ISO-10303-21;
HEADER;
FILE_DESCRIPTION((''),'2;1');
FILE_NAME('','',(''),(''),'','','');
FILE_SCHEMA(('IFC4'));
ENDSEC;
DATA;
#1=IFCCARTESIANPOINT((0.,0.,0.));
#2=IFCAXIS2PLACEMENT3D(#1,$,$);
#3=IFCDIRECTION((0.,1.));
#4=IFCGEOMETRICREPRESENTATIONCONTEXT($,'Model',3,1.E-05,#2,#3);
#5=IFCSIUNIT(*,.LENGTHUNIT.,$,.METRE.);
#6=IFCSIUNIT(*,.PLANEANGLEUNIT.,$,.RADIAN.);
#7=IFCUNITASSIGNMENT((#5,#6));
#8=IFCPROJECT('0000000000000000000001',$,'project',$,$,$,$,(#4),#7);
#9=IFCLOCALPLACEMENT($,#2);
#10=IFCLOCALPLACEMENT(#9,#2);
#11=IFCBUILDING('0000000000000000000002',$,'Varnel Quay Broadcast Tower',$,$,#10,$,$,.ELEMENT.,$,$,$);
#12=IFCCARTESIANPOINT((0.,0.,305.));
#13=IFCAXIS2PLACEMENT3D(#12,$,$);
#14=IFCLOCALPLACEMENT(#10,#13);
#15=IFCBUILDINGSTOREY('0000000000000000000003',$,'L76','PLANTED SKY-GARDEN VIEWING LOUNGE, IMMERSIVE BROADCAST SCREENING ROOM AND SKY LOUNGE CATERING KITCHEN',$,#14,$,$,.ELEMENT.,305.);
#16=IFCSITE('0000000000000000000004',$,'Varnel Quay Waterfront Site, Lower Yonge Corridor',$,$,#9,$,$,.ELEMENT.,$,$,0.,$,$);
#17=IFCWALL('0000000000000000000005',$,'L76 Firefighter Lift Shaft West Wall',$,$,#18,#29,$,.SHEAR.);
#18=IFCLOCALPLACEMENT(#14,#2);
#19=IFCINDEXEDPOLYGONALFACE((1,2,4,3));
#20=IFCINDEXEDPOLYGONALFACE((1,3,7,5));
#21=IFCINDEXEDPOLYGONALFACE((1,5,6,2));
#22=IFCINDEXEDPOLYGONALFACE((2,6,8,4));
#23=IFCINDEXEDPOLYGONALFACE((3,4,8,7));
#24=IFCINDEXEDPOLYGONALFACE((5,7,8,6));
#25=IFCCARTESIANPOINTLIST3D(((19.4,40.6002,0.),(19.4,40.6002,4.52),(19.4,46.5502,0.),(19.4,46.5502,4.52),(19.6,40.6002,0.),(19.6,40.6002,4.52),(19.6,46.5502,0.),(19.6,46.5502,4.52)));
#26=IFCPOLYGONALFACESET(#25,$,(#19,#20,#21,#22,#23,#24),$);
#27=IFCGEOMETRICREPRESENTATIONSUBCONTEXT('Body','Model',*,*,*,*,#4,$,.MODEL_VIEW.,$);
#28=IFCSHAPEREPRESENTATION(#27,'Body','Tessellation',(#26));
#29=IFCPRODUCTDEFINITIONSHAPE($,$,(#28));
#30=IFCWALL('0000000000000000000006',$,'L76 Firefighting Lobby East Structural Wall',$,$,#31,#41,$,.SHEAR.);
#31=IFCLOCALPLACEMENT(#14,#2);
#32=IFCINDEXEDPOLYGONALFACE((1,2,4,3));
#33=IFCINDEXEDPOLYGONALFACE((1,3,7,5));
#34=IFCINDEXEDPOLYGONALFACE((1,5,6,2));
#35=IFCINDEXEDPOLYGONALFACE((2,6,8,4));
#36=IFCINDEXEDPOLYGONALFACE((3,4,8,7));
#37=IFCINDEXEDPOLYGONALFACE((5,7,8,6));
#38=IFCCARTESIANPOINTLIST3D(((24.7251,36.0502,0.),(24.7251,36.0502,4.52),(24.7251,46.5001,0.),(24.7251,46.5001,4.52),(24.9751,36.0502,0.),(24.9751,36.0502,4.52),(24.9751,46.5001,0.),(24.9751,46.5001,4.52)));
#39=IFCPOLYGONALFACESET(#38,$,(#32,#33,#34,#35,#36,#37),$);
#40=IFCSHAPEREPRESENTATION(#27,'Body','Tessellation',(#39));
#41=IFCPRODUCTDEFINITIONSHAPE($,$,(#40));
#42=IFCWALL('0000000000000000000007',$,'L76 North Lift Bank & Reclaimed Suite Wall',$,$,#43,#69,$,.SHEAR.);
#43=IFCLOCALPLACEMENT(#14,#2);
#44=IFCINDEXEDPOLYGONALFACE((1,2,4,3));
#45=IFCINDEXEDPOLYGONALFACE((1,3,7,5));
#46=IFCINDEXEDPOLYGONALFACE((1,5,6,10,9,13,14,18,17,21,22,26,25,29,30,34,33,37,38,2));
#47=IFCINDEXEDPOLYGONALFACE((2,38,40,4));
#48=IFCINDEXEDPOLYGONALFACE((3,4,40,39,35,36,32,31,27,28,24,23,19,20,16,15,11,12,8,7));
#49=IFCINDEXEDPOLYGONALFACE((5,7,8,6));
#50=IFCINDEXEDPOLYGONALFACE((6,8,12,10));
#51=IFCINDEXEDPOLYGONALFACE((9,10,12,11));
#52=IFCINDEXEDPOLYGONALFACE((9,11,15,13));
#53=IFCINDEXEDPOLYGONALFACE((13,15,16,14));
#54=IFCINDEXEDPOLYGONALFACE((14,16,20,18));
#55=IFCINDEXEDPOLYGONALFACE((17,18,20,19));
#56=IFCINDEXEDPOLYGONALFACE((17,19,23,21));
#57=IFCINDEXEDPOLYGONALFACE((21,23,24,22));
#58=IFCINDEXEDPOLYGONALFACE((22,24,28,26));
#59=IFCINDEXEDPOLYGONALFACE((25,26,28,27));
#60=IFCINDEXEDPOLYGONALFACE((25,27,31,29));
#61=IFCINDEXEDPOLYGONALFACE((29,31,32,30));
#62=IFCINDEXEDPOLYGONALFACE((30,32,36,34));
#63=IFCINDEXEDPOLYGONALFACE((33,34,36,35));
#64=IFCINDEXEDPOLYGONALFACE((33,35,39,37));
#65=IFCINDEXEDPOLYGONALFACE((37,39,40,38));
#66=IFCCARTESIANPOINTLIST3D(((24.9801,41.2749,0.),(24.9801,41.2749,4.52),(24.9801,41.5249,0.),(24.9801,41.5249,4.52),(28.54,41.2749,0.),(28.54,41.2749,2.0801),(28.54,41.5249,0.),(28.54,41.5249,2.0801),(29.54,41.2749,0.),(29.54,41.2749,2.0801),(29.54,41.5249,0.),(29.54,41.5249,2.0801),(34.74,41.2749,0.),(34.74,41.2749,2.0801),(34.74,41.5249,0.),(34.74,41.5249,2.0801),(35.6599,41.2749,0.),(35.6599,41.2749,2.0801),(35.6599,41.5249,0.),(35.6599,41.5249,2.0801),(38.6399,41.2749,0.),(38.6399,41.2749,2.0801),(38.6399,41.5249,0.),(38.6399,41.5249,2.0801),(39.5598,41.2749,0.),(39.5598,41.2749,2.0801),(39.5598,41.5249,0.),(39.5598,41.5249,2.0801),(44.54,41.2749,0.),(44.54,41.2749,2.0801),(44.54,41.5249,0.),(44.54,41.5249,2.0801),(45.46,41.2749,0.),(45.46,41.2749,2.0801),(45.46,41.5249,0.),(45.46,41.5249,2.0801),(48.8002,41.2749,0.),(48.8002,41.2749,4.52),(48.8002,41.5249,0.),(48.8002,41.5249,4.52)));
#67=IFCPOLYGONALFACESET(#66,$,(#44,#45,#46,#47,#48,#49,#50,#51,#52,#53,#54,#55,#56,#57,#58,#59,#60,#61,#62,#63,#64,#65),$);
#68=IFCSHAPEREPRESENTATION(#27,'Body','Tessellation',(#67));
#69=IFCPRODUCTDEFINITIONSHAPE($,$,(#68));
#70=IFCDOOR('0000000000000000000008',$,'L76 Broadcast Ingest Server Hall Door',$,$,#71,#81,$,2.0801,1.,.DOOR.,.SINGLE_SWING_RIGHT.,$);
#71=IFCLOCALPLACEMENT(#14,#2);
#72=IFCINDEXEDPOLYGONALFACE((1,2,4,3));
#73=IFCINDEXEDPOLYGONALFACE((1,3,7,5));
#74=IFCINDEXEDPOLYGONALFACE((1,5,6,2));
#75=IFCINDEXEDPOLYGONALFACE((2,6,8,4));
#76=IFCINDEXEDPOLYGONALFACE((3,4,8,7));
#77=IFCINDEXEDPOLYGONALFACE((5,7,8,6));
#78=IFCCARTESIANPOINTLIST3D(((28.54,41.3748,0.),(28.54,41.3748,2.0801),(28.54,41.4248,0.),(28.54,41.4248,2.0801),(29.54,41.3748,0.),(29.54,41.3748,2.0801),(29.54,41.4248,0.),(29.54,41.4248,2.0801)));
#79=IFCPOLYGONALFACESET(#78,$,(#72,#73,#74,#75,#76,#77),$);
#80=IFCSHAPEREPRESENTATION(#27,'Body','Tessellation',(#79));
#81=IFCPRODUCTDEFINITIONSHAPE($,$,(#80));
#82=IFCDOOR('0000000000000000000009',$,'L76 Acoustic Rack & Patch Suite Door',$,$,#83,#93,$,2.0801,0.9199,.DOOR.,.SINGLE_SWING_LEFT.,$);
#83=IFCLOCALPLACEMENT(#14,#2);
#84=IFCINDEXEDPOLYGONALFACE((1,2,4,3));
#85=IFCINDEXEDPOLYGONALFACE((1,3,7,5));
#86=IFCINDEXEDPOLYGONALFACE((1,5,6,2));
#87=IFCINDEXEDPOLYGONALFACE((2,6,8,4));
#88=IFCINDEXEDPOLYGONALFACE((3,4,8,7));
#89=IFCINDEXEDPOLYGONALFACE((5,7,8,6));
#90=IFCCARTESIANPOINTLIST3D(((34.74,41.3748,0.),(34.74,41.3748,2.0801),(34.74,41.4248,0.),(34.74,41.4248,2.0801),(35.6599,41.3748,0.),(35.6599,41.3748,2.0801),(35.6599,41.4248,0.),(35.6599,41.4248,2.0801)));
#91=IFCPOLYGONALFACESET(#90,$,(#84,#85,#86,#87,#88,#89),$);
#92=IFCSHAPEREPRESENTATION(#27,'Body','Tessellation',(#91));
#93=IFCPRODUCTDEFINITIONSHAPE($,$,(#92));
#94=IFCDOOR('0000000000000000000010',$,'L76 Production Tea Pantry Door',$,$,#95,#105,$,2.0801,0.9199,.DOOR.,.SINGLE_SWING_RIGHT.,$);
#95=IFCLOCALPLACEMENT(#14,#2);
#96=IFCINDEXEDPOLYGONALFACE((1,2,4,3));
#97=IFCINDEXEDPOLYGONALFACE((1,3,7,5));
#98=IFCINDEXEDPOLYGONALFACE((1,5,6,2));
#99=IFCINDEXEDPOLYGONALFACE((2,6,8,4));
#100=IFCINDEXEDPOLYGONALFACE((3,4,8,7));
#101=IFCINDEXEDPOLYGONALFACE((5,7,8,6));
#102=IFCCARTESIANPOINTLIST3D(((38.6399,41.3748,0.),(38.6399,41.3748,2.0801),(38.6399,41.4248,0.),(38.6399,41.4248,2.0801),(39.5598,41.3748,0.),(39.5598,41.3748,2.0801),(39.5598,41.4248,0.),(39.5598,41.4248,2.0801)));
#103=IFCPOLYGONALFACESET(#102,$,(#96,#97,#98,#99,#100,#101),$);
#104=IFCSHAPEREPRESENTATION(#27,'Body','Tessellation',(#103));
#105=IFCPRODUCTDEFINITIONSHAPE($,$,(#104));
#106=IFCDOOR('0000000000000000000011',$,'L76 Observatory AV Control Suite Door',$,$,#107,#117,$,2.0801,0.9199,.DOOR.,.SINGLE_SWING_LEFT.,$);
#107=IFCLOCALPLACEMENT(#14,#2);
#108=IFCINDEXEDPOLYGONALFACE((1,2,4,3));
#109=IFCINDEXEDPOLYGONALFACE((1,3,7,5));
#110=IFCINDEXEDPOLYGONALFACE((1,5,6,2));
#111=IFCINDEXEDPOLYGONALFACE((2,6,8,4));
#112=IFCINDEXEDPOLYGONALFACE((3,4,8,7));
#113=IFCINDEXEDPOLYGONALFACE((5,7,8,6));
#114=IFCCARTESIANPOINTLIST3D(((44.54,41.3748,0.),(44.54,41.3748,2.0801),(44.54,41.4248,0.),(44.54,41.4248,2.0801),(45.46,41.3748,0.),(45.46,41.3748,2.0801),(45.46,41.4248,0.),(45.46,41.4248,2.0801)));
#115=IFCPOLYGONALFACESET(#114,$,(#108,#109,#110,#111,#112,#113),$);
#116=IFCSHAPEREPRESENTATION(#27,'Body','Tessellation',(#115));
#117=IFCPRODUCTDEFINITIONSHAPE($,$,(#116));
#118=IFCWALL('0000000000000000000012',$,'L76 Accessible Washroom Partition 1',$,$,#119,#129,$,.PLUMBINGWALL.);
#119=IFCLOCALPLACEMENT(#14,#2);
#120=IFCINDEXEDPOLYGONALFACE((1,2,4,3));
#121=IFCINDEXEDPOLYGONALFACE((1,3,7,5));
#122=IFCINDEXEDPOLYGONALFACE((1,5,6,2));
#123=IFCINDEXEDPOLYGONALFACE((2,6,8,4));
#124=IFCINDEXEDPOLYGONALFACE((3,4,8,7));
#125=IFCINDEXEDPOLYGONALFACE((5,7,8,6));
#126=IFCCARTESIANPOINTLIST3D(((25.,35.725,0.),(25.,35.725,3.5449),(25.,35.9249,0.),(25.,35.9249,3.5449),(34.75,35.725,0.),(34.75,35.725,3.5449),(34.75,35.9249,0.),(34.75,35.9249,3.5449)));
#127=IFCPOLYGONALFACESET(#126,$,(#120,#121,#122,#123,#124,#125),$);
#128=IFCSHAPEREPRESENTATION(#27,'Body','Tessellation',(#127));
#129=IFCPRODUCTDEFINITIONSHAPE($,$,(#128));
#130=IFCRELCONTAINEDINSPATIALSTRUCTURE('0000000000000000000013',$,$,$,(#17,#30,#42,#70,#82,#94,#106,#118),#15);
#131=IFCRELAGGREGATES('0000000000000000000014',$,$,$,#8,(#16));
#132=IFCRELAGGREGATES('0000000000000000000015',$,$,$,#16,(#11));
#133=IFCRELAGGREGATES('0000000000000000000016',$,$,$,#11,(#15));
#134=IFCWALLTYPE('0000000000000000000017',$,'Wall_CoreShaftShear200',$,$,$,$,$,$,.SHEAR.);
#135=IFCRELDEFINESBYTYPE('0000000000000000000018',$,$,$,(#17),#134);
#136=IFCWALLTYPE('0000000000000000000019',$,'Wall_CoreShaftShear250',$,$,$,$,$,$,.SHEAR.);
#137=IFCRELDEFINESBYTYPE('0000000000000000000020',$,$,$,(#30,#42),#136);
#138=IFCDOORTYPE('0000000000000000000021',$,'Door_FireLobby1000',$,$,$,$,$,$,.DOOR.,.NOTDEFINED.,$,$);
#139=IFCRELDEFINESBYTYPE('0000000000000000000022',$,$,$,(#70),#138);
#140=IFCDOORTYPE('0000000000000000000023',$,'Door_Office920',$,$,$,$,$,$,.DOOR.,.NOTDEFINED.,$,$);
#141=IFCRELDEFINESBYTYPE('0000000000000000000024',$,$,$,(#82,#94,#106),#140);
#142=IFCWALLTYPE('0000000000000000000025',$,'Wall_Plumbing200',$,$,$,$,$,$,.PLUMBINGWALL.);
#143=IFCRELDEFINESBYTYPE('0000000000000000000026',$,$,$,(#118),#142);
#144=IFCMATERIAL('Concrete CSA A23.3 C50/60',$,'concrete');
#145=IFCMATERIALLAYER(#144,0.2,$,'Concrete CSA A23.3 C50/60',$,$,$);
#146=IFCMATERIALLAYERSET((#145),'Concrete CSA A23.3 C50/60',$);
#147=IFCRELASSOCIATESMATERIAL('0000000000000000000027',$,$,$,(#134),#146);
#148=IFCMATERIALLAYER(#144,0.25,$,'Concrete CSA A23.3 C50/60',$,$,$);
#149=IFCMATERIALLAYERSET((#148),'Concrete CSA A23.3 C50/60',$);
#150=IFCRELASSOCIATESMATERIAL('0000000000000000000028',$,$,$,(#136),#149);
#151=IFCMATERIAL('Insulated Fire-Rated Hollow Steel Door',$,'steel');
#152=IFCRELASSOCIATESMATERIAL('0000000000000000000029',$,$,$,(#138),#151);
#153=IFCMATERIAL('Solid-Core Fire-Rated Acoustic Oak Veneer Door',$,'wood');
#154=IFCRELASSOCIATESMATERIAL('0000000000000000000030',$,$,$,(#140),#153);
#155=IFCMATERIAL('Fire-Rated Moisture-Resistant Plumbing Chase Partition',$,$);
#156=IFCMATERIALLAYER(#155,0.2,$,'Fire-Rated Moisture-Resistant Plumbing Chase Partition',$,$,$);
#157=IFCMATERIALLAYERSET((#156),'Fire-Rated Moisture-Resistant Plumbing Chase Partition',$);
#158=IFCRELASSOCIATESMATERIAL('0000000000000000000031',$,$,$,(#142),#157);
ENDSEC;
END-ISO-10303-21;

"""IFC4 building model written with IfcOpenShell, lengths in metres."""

from ifc_helpers import new_model, si_unit, direction, frame, frame_2d, origin, place, context, subcontext, project, spatial, rectangle, extrude, source, transform, mapped, material, layer, layer_set, type_object, type_shapes, element, fill, save


model = new_model("IFC4")

# Units and contexts
model_context = context("Model", 3, precision=1e-05, world=origin(), true_north=direction((0.0, 1.0)))
body_context = subcontext(model_context, "Body", "Model", "MODEL_VIEW")
ifc_project = project(units=[si_unit("LENGTHUNIT", "METRE"), si_unit("PLANEANGLEUNIT", "RADIAN")], contexts=[model_context])

# Site, building, storey
site_placement = place(None, origin())
site = spatial("IfcSite", under=ifc_project, at=site_placement, Name="Varnel Quay Waterfront Site, Lower Yonge Corridor", CompositionType="ELEMENT", RefElevation=0.0)
building_placement = place(site_placement, origin())
building = spatial("IfcBuilding", under=site, at=building_placement, Name="Varnel Quay Broadcast Tower", CompositionType="ELEMENT")
storey_placement = place(building_placement, frame((0.0, 0.0, 305.0)))
storey = spatial("IfcBuildingStorey", under=building, at=storey_placement, Name="L76", Description="PLANTED SKY-GARDEN VIEWING LOUNGE, IMMERSIVE BROADCAST SCREENING ROOM AND SKY LOUNGE CATERING KITCHEN", CompositionType="ELEMENT", Elevation=305.0)

# Shared definitions
ifc_material_1 = material(Name="Concrete CSA A23.3 C50/60", Category="concrete")

# Shared definitions
ifc_layer_1 = layer(ifc_material_1, 0.2, Name="Concrete CSA A23.3 C50/60")
ifc_layer_set_1 = layer_set([ifc_layer_1], Name="Concrete CSA A23.3 C50/60")
wall_type_1 = type_object("IfcWallType", Name="Wall_CoreShaftShear200", PredefinedType="SHEAR", material=ifc_layer_set_1)
ifc_material_2 = material(Name="Insulated Fire-Rated Hollow Steel Door", Category="steel")

# Walls
wall_1_placement = place(storey_placement, frame((19.5, 40.6001, 0.0), z_axis=(0.0, 0.0, 1.0), x_axis=(0.0, 1.0, 0.0)))
element("IfcWall", 1, at=wall_1_placement, inside=storey, type_object=wall_type_1, Name="L76 Firefighter Lift Shaft West Wall", PredefinedType="SHEAR", context=body_context, shape_type="SweptSolid", body=[
    extrude(rectangle(XDim=5.95, YDim=0.2, at=frame_2d((2.9751, 0.0))), origin(), (0.0, 0.0, 1.0), 4.52),
])
ifc_layer_2 = layer(ifc_material_1, 0.25, Name="Concrete CSA A23.3 C50/60")
ifc_layer_set_2 = layer_set([ifc_layer_2], Name="Concrete CSA A23.3 C50/60")
wall_type_2 = type_object("IfcWallType", Name="Wall_CoreShaftShear250", PredefinedType="SHEAR", material=ifc_layer_set_2)
wall_2_placement = place(storey_placement, frame((24.8501, 36.05, 0.0), z_axis=(0.0, 0.0, 1.0), x_axis=(0.0, 1.0, 0.0)))
element("IfcWall", 2, at=wall_2_placement, inside=storey, type_object=wall_type_2, Name="L76 Firefighting Lobby East Structural Wall", PredefinedType="SHEAR", context=body_context, shape_type="SweptSolid", body=[
    extrude(rectangle(XDim=10.45, YDim=0.25, at=frame_2d((5.2251, 0.0))), origin(), (0.0, 0.0, 1.0), 4.52),
])

# Wall, openings, doors
wall_3_placement = place(storey_placement, frame((24.98, 41.3999, 0.0), z_axis=(0.0, 0.0, 1.0), x_axis=(1.0, 0.0, 0.0)))
wall_3 = element("IfcWall", 3, at=wall_3_placement, inside=storey, type_object=wall_type_2, Name="L76 North Lift Bank & Reclaimed Suite Wall", PredefinedType="SHEAR", context=body_context, shape_type="SweptSolid", body=[
    extrude(rectangle(XDim=23.8201, YDim=0.25, at=frame_2d((11.9102, 0.0))), origin(), (0.0, 0.0, 1.0), 4.52),
])
opening_1_placement = place(wall_3_placement, frame((3.5601, 0.0, 0.0)))
opening_1 = element("IfcOpeningElement", 4, at=opening_1_placement, cuts=wall_3, PredefinedType="OPENING", context=body_context, shape_type="SweptSolid", body=[
    extrude(rectangle(XDim=1.0, YDim=2.0801, at=frame_2d((0.5, 1.04))), frame((0.0, 0.135, 0.0), z_axis=(0.0, -1.0, 0.0), x_axis=(1.0, 0.0, 0.0)), (0.0, 0.0, 1.0), 0.27),
])
opening_2_placement = place(wall_3_placement, frame((9.76, 0.0, 0.0)))
opening_2 = element("IfcOpeningElement", 5, at=opening_2_placement, cuts=wall_3, PredefinedType="OPENING", context=body_context, shape_type="SweptSolid", body=[
    extrude(rectangle(XDim=0.9199, YDim=2.0801, at=frame_2d((0.46, 1.04))), frame((0.0, 0.135, 0.0), z_axis=(0.0, -1.0, 0.0), x_axis=(1.0, 0.0, 0.0)), (0.0, 0.0, 1.0), 0.27),
])
opening_3_placement = place(wall_3_placement, frame((13.6599, 0.0, 0.0)))
opening_3 = element("IfcOpeningElement", 6, at=opening_3_placement, cuts=wall_3, PredefinedType="OPENING", context=body_context, shape_type="SweptSolid", body=[
    extrude(rectangle(XDim=0.9199, YDim=2.0801, at=frame_2d((0.46, 1.04))), frame((0.0, 0.135, 0.0), z_axis=(0.0, -1.0, 0.0), x_axis=(1.0, 0.0, 0.0)), (0.0, 0.0, 1.0), 0.27),
])
opening_4_placement = place(wall_3_placement, frame((19.5601, 0.0, 0.0)))
opening_4 = element("IfcOpeningElement", 7, at=opening_4_placement, cuts=wall_3, PredefinedType="OPENING", context=body_context, shape_type="SweptSolid", body=[
    extrude(rectangle(XDim=0.9199, YDim=2.0801, at=frame_2d((0.46, 1.04))), frame((0.0, 0.135, 0.0), z_axis=(0.0, -1.0, 0.0), x_axis=(1.0, 0.0, 0.0)), (0.0, 0.0, 1.0), 0.27),
])
door_type_1 = type_object("IfcDoorType", Name="Door_FireLobby1000", OperationType="NOTDEFINED", PredefinedType="DOOR", material=ifc_material_2)
shared_shape_1 = source(origin(), body_context, "Body", "SweptSolid", [
    extrude(rectangle(XDim=1.0, YDim=2.0801, at=frame_2d((0.5, 1.04))), frame((0.0, 0.0249, 0.0), z_axis=(0.0, -1.0, 0.0), x_axis=(1.0, 0.0, 0.0)), (0.0, 0.0, 1.0), 0.05),
])
type_shapes(door_type_1, [shared_shape_1])
door_1_placement = place(opening_1_placement, origin())
door_1 = element("IfcDoor", 8, at=door_1_placement, inside=storey, type_object=door_type_1, Name="L76 Broadcast Ingest Server Hall Door", OperationType="SINGLE_SWING_RIGHT", OverallHeight=2.0801, OverallWidth=1.0, PredefinedType="DOOR", context=body_context, shape_type="MappedRepresentation", body=[
    mapped(shared_shape_1, transform((0.0, 0.0, 0.0), x_axis=(1.0, 0.0, 0.0), y_axis=(0.0, 1.0, 0.0), z_axis=(0.0, 0.0, 1.0), scale=1.0)),
])
fill(opening_1, door_1)
ifc_material_3 = material(Name="Solid-Core Fire-Rated Acoustic Oak Veneer Door", Category="wood")
door_type_2 = type_object("IfcDoorType", Name="Door_Office920", OperationType="NOTDEFINED", PredefinedType="DOOR", material=ifc_material_3)
shared_shape_2 = source(origin(), body_context, "Body", "SweptSolid", [
    extrude(rectangle(XDim=0.9199, YDim=2.0801, at=frame_2d((0.46, 1.04))), frame((0.0, 0.0249, 0.0), z_axis=(0.0, -1.0, 0.0), x_axis=(1.0, 0.0, 0.0)), (0.0, 0.0, 1.0), 0.05),
])
type_shapes(door_type_2, [shared_shape_2])
door_2_placement = place(opening_2_placement, origin())
door_2 = element("IfcDoor", 9, at=door_2_placement, inside=storey, type_object=door_type_2, Name="L76 Acoustic Rack & Patch Suite Door", OperationType="SINGLE_SWING_LEFT", OverallHeight=2.0801, OverallWidth=0.9199, PredefinedType="DOOR", context=body_context, shape_type="MappedRepresentation", body=[
    mapped(shared_shape_2, transform((0.0, 0.0, 0.0), x_axis=(1.0, 0.0, 0.0), y_axis=(0.0, 1.0, 0.0), z_axis=(0.0, 0.0, 1.0), scale=1.0)),
])
fill(opening_2, door_2)
door_3_placement = place(opening_3_placement, origin())
door_3 = element("IfcDoor", 10, at=door_3_placement, inside=storey, type_object=door_type_2, Name="L76 Production Tea Pantry Door", OperationType="SINGLE_SWING_RIGHT", OverallHeight=2.0801, OverallWidth=0.9199, PredefinedType="DOOR", context=body_context, shape_type="MappedRepresentation", body=[
    mapped(shared_shape_2, transform((0.0, 0.0, 0.0), x_axis=(1.0, 0.0, 0.0), y_axis=(0.0, 1.0, 0.0), z_axis=(0.0, 0.0, 1.0), scale=1.0)),
])
fill(opening_3, door_3)
door_4_placement = place(opening_4_placement, origin())
door_4 = element("IfcDoor", 11, at=door_4_placement, inside=storey, type_object=door_type_2, Name="L76 Observatory AV Control Suite Door", OperationType="SINGLE_SWING_LEFT", OverallHeight=2.0801, OverallWidth=0.9199, PredefinedType="DOOR", context=body_context, shape_type="MappedRepresentation", body=[
    mapped(shared_shape_2, transform((0.0, 0.0, 0.0), x_axis=(1.0, 0.0, 0.0), y_axis=(0.0, 1.0, 0.0), z_axis=(0.0, 0.0, 1.0), scale=1.0)),
])
fill(opening_4, door_4)

# Wall
ifc_material_4 = material(Name="Fire-Rated Moisture-Resistant Plumbing Chase Partition")
ifc_layer_3 = layer(ifc_material_4, 0.2, Name="Fire-Rated Moisture-Resistant Plumbing Chase Partition")
ifc_layer_set_3 = layer_set([ifc_layer_3], Name="Fire-Rated Moisture-Resistant Plumbing Chase Partition")
wall_type_3 = type_object("IfcWallType", Name="Wall_Plumbing200", PredefinedType="PLUMBINGWALL", material=ifc_layer_set_3)
wall_4_placement = place(storey_placement, frame((25.0, 35.825, 0.0), z_axis=(0.0, 0.0, 1.0), x_axis=(1.0, 0.0, 0.0)))
element("IfcWall", 12, at=wall_4_placement, inside=storey, type_object=wall_type_3, Name="L76 Accessible Washroom Partition 1", PredefinedType="PLUMBINGWALL", context=body_context, shape_type="SweptSolid", body=[
    extrude(rectangle(XDim=9.75, YDim=0.2, at=frame_2d((4.875, 0.0))), origin(), (0.0, 0.0, 1.0), 3.5449),
])

save(model, "model.ifc")
